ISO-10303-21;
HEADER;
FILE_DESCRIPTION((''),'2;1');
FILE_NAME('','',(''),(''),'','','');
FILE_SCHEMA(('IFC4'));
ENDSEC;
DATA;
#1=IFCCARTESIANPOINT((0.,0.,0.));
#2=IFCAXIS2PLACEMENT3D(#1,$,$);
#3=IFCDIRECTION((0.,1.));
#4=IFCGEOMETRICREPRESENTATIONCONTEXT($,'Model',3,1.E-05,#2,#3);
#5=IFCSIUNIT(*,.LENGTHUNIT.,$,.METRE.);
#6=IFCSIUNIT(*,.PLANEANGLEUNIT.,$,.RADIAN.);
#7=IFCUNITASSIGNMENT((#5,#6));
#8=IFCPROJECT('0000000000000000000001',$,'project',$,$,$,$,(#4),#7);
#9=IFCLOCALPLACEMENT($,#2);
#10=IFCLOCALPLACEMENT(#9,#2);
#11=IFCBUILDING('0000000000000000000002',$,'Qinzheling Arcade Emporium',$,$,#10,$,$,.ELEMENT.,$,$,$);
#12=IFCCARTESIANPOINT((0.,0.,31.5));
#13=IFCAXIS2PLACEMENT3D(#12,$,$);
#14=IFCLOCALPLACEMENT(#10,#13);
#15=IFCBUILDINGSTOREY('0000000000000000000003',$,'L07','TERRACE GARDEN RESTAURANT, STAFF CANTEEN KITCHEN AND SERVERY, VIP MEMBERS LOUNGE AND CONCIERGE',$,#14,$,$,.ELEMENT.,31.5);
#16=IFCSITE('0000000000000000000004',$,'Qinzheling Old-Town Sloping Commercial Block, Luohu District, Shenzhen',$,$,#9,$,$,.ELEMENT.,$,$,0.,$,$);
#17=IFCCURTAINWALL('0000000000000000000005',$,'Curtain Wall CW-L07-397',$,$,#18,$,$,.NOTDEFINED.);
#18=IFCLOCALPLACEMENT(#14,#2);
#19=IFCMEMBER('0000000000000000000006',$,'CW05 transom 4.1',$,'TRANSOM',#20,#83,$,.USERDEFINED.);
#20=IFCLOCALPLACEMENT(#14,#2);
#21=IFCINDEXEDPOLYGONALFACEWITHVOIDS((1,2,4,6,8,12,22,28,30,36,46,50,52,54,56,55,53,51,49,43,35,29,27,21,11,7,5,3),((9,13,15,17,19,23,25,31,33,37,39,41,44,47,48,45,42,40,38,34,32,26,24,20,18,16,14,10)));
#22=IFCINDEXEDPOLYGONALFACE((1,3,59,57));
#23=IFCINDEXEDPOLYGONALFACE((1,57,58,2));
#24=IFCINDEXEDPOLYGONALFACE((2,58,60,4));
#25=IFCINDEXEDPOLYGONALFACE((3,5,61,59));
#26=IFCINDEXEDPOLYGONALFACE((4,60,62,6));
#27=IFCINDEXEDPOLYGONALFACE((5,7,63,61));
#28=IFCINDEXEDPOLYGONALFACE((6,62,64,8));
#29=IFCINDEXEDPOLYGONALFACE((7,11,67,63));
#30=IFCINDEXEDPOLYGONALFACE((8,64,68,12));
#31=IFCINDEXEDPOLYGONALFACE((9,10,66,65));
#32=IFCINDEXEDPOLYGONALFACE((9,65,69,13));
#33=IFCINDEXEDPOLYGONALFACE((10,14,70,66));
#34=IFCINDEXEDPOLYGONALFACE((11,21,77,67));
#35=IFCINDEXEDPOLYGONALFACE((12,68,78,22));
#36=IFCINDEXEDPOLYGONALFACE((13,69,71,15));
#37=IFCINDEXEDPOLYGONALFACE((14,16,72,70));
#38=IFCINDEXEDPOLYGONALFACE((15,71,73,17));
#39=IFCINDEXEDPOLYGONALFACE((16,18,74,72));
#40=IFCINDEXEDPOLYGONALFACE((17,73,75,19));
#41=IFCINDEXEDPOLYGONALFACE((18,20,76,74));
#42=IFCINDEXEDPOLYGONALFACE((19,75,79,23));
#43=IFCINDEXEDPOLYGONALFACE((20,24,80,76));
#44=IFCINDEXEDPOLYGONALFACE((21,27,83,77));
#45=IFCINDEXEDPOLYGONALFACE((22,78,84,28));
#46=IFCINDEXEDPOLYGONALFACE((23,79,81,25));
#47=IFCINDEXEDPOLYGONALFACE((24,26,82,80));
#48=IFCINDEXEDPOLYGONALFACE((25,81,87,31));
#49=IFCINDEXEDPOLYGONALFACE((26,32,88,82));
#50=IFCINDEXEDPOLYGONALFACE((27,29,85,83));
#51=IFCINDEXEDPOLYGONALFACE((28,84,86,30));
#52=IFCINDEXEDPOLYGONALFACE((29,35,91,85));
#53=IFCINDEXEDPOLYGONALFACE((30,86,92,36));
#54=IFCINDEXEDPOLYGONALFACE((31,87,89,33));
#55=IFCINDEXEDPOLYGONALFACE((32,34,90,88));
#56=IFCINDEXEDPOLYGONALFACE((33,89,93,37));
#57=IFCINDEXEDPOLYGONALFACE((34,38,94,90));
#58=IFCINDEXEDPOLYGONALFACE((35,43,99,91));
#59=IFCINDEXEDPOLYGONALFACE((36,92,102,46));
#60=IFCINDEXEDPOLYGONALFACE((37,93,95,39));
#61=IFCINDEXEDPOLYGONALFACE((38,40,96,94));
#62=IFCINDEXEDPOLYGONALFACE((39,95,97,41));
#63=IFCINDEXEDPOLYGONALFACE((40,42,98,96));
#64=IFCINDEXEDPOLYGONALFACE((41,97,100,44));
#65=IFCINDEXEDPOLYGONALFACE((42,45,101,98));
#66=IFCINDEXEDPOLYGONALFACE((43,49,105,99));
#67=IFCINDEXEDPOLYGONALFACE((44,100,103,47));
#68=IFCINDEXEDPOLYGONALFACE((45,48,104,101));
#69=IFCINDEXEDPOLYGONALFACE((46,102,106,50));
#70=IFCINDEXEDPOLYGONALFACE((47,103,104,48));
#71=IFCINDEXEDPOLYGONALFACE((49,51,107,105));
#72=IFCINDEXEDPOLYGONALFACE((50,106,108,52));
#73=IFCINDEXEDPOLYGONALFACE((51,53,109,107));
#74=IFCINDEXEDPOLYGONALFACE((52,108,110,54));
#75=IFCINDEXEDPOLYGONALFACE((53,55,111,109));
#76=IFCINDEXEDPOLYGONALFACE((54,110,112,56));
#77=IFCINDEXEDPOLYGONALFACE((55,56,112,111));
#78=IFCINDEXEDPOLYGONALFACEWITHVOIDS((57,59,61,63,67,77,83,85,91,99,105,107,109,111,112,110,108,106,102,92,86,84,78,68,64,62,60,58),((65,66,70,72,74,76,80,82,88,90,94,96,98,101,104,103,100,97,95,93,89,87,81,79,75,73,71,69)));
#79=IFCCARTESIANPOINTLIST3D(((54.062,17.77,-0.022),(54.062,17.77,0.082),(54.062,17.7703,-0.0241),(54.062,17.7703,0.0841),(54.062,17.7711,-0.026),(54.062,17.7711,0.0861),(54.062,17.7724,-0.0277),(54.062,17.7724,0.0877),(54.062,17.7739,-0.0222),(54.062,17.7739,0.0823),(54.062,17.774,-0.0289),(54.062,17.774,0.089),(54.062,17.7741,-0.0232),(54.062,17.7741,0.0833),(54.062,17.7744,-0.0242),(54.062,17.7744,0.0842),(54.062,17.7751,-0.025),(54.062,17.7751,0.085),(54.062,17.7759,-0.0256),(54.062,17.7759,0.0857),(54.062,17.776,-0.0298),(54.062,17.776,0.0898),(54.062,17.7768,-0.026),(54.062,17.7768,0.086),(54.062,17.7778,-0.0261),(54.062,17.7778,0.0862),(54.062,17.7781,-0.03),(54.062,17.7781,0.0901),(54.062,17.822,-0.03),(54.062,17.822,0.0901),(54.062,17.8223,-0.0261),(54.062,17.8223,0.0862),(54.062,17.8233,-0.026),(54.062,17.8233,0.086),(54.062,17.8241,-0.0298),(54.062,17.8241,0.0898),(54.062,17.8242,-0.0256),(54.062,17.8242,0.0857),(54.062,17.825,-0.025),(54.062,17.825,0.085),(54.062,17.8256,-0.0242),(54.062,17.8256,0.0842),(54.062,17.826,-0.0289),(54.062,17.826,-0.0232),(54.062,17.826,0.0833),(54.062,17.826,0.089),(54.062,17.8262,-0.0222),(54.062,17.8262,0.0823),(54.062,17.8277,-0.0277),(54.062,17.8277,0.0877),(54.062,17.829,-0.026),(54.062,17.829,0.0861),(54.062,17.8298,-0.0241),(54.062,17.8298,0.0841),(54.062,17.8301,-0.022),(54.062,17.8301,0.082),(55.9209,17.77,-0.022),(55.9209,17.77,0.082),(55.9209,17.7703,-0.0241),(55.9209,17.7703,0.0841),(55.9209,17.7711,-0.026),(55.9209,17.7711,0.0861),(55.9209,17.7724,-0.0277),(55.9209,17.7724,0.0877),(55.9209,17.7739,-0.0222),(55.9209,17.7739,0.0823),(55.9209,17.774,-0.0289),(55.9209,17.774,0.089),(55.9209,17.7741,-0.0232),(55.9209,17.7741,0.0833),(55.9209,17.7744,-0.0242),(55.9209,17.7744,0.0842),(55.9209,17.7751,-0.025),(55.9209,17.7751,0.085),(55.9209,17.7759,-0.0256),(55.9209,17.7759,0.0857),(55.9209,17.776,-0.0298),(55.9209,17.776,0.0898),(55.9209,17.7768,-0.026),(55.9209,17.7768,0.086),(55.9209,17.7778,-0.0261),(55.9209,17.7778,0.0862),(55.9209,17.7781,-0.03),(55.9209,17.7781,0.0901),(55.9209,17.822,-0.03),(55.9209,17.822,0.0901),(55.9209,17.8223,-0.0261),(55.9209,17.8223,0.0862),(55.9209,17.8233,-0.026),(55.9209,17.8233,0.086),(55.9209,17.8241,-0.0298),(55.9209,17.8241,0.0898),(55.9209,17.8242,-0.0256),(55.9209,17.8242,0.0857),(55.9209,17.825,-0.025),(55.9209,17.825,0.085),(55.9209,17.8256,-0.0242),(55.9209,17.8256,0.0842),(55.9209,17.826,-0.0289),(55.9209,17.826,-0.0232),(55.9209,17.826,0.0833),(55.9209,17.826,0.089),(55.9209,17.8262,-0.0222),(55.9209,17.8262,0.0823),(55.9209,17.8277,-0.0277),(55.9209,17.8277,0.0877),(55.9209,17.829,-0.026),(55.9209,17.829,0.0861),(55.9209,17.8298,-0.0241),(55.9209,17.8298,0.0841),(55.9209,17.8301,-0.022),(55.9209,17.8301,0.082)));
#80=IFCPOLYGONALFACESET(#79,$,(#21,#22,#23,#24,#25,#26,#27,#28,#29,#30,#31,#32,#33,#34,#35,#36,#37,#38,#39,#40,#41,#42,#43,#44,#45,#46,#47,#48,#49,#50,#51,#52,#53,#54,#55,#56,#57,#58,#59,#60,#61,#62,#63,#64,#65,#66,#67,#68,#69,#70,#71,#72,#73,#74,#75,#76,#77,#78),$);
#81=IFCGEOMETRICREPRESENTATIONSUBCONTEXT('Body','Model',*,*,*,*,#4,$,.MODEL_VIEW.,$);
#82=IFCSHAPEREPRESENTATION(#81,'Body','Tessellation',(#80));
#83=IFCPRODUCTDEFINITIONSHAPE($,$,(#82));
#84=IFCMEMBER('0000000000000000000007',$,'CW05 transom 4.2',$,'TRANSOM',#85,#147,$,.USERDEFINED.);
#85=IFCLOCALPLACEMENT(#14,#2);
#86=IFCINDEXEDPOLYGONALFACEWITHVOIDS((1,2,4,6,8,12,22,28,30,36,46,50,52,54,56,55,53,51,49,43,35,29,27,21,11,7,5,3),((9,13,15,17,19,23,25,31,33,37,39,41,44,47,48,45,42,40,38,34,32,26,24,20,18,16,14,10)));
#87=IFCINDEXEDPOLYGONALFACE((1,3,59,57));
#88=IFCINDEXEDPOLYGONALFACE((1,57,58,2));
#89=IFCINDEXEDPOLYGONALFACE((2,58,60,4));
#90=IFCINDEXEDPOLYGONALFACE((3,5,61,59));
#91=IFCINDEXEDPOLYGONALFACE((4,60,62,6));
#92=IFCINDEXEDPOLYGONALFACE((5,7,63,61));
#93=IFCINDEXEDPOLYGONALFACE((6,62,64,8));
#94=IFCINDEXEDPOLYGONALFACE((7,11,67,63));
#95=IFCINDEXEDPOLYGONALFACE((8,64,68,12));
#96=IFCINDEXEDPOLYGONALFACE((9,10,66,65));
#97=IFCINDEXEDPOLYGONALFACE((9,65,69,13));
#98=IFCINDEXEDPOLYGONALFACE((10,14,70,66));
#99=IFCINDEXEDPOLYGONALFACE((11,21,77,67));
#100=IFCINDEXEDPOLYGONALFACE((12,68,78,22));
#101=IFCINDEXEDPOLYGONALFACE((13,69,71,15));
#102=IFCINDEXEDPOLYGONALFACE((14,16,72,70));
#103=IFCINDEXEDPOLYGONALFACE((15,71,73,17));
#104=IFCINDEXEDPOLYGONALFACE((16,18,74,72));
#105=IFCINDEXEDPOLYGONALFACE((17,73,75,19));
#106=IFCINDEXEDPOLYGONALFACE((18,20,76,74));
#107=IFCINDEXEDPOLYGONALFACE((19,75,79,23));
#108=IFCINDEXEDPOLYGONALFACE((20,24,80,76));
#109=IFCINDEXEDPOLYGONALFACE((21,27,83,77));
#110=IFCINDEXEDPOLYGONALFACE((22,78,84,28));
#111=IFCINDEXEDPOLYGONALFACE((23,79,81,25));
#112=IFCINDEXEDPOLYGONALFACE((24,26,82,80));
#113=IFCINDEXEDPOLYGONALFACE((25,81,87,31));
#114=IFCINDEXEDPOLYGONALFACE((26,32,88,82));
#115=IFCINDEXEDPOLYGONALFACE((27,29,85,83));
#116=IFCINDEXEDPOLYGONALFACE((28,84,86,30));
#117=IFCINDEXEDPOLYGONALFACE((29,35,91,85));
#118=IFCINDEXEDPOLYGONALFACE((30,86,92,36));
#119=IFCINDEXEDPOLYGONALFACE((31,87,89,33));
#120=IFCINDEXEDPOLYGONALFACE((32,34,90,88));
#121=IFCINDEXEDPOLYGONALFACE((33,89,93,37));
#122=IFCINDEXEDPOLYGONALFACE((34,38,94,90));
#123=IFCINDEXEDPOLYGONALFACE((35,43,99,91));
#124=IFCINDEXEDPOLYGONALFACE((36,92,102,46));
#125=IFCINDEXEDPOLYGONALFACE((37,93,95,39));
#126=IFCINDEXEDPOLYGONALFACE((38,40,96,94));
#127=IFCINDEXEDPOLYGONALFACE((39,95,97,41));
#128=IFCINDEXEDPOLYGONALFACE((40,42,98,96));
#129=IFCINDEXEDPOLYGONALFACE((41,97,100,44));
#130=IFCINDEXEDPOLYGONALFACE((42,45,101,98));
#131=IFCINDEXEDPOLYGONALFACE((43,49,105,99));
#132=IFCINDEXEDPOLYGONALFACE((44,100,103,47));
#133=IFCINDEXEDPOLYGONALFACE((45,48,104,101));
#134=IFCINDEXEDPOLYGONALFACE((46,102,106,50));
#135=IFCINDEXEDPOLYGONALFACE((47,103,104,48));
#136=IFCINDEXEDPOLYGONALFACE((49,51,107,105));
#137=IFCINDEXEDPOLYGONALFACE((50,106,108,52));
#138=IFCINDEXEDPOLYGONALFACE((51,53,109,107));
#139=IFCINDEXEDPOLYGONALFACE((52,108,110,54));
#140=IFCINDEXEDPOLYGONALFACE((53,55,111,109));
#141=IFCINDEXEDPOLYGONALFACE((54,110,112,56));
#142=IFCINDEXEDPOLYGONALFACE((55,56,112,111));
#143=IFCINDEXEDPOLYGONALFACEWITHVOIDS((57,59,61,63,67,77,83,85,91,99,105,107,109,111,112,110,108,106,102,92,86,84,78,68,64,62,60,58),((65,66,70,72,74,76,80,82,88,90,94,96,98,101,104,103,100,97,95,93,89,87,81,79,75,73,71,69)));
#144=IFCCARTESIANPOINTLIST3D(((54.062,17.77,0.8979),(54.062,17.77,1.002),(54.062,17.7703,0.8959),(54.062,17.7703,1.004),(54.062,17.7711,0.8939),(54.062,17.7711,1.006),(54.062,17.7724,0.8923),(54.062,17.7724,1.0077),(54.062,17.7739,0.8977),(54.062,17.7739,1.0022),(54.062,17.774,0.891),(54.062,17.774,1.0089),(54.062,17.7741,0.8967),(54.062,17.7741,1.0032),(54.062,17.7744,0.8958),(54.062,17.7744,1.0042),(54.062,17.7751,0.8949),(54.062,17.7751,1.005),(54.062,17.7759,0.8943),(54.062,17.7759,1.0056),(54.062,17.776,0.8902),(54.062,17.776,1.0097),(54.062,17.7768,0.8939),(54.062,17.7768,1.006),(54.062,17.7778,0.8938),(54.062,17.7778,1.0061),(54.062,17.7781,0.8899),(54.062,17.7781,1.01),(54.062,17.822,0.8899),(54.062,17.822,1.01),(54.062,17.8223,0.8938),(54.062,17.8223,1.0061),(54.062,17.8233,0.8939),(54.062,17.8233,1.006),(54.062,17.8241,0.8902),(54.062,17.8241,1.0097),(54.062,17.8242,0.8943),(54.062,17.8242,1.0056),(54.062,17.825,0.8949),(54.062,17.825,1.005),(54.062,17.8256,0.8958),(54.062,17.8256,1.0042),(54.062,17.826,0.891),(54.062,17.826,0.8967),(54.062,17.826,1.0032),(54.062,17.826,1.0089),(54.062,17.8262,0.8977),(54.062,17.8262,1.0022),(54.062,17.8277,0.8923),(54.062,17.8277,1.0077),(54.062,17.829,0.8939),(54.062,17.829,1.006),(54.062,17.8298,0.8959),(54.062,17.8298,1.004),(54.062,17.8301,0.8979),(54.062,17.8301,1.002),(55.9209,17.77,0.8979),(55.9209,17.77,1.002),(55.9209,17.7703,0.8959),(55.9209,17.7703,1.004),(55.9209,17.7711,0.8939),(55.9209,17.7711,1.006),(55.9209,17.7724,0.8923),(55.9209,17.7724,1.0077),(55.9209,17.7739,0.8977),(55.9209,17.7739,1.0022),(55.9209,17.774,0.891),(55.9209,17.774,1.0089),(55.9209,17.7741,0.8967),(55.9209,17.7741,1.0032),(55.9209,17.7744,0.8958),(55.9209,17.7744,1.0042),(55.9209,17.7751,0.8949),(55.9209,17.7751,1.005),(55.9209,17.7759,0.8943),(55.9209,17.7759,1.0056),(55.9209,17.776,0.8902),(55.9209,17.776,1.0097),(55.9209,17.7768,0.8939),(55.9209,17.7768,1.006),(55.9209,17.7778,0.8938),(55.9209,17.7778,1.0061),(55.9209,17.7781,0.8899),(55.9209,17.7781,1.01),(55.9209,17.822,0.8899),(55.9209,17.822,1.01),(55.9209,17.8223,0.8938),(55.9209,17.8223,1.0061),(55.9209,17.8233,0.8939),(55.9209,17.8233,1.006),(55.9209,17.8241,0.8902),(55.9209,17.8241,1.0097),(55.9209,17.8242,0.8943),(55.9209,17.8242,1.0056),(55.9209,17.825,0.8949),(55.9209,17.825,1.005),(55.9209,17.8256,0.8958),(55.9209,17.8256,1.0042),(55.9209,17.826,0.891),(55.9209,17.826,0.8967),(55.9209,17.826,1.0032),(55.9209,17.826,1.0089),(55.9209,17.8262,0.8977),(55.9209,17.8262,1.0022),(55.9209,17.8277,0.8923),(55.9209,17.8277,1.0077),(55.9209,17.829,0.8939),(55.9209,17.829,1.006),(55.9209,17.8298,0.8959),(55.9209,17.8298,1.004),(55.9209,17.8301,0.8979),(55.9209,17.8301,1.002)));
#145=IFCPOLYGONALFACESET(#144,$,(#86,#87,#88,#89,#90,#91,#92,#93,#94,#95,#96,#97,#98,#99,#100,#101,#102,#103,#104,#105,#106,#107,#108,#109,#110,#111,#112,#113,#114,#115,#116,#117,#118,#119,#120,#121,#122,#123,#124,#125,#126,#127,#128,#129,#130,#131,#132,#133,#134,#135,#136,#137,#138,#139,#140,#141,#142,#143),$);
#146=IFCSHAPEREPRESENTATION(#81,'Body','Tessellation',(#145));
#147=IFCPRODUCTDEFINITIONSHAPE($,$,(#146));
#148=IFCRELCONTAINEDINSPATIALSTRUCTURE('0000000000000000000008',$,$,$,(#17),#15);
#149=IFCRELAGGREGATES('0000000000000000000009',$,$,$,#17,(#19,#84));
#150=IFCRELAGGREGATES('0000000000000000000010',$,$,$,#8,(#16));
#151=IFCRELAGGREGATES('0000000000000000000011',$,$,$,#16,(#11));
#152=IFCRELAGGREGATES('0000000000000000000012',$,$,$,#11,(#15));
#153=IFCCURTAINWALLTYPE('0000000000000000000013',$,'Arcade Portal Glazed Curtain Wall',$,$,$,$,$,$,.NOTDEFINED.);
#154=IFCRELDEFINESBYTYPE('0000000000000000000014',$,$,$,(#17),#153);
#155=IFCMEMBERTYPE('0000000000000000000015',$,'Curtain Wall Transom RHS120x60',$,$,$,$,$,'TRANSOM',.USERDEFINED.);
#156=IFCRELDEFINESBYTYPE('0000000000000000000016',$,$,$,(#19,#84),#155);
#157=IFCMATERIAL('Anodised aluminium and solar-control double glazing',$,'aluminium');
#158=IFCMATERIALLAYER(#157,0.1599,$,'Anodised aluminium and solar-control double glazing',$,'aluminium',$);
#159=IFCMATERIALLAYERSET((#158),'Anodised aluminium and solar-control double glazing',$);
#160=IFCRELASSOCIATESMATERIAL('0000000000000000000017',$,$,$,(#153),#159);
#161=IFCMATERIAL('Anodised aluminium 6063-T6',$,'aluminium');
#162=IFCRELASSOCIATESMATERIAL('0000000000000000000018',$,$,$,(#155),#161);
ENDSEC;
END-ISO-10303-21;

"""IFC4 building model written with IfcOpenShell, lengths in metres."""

from ifc_helpers import new_model, si_unit, direction, frame, origin, origin_2d, place, context, subcontext, project, spatial, hollow_rectangle, extrude, material, layer, layer_set, material_profile, profile_set, type_object, element, aggregate, save


model = new_model("IFC4")

# Units and contexts
model_context = context("Model", 3, precision=1e-05, world=origin(), true_north=direction((0.0, 1.0)))
body_context = subcontext(model_context, "Body", "Model", "MODEL_VIEW")
ifc_project = project(units=[si_unit("LENGTHUNIT", "METRE"), si_unit("PLANEANGLEUNIT", "RADIAN")], contexts=[model_context])

# Site, building, storey
site_placement = place(None, origin())
site = spatial("IfcSite", under=ifc_project, at=site_placement, Name="Qinzheling Old-Town Sloping Commercial Block, Luohu District, Shenzhen", CompositionType="ELEMENT", RefElevation=0.0)
building_placement = place(site_placement, origin())
building = spatial("IfcBuilding", under=site, at=building_placement, Name="Qinzheling Arcade Emporium", CompositionType="ELEMENT")
storey_placement = place(building_placement, frame((0.0, 0.0, 31.5)))
storey = spatial("IfcBuildingStorey", under=building, at=storey_placement, Name="L07", Description="TERRACE GARDEN RESTAURANT, STAFF CANTEEN KITCHEN AND SERVERY, VIP MEMBERS LOUNGE AND CONCIERGE", CompositionType="ELEMENT", Elevation=31.5)

# Curtain wall
ifc_material_1 = material(Name="Anodised aluminium and solar-control double glazing", Category="aluminium")
ifc_layer_1 = layer(ifc_material_1, 0.1599, Name="Anodised aluminium and solar-control double glazing", Category="aluminium")
ifc_layer_set_1 = layer_set([ifc_layer_1], Name="Anodised aluminium and solar-control double glazing")
curtain_wall_type = type_object("IfcCurtainWallType", Name="Arcade Portal Glazed Curtain Wall", PredefinedType="NOTDEFINED", material=ifc_layer_set_1)
curtain_wall_1_placement = place(storey_placement, origin())
curtain_wall_1 = element("IfcCurtainWall", 1, at=curtain_wall_1_placement, inside=storey, type_object=curtain_wall_type, Name="Curtain Wall CW-L07-397", PredefinedType="NOTDEFINED")
ifc_material_2 = material(Name="Anodised aluminium 6063-T6", Category="aluminium")

# Members
ifc_material_profile_1 = material_profile(ifc_material_2, hollow_rectangle(XDim=0.0601, YDim=0.1201, WallThickness=0.0039, InnerFilletRadius=0.0039, OuterFilletRadius=0.0081, at=origin_2d()), Name="RHS 120x60x4", Category="aluminium")
ifc_profile_set_1 = profile_set([ifc_material_profile_1], Name="Anodised aluminium 6063-T6")
member_type_1 = type_object("IfcMemberType", Name="Curtain Wall Transom RHS120x60", ElementType="TRANSOM", PredefinedType="USERDEFINED", material=ifc_profile_set_1)
member_1_placement = place(storey_placement, frame((55.9209, 17.8, 0.03), z_axis=(-1.0, 0.0, 0.0), x_axis=(0.0, -1.0, 0.0)))
member_1 = element("IfcMember", 2, at=member_1_placement, type_object=member_type_1, Name="CW05 transom 4.1", ObjectType="TRANSOM", PredefinedType="USERDEFINED", context=body_context, shape_type="SweptSolid", body=[
    extrude(hollow_rectangle(XDim=0.0601, YDim=0.1201, WallThickness=0.0039, InnerFilletRadius=0.0039, OuterFilletRadius=0.0081, at=origin_2d()), origin(), (0.0, 0.0, 1.0), 1.8589),
])
member_2_placement = place(storey_placement, frame((55.9209, 17.8, 0.95), z_axis=(-1.0, 0.0, 0.0), x_axis=(0.0, -1.0, 0.0)))
member_2 = element("IfcMember", 3, at=member_2_placement, type_object=member_type_1, Name="CW05 transom 4.2", ObjectType="TRANSOM", PredefinedType="USERDEFINED", context=body_context, shape_type="SweptSolid", body=[
    extrude(hollow_rectangle(XDim=0.0601, YDim=0.1201, WallThickness=0.0039, InnerFilletRadius=0.0039, OuterFilletRadius=0.0081, at=origin_2d()), origin(), (0.0, 0.0, 1.0), 1.8589),
])

aggregate(curtain_wall_1, [member_1, member_2])

save(model, "model.ifc")
